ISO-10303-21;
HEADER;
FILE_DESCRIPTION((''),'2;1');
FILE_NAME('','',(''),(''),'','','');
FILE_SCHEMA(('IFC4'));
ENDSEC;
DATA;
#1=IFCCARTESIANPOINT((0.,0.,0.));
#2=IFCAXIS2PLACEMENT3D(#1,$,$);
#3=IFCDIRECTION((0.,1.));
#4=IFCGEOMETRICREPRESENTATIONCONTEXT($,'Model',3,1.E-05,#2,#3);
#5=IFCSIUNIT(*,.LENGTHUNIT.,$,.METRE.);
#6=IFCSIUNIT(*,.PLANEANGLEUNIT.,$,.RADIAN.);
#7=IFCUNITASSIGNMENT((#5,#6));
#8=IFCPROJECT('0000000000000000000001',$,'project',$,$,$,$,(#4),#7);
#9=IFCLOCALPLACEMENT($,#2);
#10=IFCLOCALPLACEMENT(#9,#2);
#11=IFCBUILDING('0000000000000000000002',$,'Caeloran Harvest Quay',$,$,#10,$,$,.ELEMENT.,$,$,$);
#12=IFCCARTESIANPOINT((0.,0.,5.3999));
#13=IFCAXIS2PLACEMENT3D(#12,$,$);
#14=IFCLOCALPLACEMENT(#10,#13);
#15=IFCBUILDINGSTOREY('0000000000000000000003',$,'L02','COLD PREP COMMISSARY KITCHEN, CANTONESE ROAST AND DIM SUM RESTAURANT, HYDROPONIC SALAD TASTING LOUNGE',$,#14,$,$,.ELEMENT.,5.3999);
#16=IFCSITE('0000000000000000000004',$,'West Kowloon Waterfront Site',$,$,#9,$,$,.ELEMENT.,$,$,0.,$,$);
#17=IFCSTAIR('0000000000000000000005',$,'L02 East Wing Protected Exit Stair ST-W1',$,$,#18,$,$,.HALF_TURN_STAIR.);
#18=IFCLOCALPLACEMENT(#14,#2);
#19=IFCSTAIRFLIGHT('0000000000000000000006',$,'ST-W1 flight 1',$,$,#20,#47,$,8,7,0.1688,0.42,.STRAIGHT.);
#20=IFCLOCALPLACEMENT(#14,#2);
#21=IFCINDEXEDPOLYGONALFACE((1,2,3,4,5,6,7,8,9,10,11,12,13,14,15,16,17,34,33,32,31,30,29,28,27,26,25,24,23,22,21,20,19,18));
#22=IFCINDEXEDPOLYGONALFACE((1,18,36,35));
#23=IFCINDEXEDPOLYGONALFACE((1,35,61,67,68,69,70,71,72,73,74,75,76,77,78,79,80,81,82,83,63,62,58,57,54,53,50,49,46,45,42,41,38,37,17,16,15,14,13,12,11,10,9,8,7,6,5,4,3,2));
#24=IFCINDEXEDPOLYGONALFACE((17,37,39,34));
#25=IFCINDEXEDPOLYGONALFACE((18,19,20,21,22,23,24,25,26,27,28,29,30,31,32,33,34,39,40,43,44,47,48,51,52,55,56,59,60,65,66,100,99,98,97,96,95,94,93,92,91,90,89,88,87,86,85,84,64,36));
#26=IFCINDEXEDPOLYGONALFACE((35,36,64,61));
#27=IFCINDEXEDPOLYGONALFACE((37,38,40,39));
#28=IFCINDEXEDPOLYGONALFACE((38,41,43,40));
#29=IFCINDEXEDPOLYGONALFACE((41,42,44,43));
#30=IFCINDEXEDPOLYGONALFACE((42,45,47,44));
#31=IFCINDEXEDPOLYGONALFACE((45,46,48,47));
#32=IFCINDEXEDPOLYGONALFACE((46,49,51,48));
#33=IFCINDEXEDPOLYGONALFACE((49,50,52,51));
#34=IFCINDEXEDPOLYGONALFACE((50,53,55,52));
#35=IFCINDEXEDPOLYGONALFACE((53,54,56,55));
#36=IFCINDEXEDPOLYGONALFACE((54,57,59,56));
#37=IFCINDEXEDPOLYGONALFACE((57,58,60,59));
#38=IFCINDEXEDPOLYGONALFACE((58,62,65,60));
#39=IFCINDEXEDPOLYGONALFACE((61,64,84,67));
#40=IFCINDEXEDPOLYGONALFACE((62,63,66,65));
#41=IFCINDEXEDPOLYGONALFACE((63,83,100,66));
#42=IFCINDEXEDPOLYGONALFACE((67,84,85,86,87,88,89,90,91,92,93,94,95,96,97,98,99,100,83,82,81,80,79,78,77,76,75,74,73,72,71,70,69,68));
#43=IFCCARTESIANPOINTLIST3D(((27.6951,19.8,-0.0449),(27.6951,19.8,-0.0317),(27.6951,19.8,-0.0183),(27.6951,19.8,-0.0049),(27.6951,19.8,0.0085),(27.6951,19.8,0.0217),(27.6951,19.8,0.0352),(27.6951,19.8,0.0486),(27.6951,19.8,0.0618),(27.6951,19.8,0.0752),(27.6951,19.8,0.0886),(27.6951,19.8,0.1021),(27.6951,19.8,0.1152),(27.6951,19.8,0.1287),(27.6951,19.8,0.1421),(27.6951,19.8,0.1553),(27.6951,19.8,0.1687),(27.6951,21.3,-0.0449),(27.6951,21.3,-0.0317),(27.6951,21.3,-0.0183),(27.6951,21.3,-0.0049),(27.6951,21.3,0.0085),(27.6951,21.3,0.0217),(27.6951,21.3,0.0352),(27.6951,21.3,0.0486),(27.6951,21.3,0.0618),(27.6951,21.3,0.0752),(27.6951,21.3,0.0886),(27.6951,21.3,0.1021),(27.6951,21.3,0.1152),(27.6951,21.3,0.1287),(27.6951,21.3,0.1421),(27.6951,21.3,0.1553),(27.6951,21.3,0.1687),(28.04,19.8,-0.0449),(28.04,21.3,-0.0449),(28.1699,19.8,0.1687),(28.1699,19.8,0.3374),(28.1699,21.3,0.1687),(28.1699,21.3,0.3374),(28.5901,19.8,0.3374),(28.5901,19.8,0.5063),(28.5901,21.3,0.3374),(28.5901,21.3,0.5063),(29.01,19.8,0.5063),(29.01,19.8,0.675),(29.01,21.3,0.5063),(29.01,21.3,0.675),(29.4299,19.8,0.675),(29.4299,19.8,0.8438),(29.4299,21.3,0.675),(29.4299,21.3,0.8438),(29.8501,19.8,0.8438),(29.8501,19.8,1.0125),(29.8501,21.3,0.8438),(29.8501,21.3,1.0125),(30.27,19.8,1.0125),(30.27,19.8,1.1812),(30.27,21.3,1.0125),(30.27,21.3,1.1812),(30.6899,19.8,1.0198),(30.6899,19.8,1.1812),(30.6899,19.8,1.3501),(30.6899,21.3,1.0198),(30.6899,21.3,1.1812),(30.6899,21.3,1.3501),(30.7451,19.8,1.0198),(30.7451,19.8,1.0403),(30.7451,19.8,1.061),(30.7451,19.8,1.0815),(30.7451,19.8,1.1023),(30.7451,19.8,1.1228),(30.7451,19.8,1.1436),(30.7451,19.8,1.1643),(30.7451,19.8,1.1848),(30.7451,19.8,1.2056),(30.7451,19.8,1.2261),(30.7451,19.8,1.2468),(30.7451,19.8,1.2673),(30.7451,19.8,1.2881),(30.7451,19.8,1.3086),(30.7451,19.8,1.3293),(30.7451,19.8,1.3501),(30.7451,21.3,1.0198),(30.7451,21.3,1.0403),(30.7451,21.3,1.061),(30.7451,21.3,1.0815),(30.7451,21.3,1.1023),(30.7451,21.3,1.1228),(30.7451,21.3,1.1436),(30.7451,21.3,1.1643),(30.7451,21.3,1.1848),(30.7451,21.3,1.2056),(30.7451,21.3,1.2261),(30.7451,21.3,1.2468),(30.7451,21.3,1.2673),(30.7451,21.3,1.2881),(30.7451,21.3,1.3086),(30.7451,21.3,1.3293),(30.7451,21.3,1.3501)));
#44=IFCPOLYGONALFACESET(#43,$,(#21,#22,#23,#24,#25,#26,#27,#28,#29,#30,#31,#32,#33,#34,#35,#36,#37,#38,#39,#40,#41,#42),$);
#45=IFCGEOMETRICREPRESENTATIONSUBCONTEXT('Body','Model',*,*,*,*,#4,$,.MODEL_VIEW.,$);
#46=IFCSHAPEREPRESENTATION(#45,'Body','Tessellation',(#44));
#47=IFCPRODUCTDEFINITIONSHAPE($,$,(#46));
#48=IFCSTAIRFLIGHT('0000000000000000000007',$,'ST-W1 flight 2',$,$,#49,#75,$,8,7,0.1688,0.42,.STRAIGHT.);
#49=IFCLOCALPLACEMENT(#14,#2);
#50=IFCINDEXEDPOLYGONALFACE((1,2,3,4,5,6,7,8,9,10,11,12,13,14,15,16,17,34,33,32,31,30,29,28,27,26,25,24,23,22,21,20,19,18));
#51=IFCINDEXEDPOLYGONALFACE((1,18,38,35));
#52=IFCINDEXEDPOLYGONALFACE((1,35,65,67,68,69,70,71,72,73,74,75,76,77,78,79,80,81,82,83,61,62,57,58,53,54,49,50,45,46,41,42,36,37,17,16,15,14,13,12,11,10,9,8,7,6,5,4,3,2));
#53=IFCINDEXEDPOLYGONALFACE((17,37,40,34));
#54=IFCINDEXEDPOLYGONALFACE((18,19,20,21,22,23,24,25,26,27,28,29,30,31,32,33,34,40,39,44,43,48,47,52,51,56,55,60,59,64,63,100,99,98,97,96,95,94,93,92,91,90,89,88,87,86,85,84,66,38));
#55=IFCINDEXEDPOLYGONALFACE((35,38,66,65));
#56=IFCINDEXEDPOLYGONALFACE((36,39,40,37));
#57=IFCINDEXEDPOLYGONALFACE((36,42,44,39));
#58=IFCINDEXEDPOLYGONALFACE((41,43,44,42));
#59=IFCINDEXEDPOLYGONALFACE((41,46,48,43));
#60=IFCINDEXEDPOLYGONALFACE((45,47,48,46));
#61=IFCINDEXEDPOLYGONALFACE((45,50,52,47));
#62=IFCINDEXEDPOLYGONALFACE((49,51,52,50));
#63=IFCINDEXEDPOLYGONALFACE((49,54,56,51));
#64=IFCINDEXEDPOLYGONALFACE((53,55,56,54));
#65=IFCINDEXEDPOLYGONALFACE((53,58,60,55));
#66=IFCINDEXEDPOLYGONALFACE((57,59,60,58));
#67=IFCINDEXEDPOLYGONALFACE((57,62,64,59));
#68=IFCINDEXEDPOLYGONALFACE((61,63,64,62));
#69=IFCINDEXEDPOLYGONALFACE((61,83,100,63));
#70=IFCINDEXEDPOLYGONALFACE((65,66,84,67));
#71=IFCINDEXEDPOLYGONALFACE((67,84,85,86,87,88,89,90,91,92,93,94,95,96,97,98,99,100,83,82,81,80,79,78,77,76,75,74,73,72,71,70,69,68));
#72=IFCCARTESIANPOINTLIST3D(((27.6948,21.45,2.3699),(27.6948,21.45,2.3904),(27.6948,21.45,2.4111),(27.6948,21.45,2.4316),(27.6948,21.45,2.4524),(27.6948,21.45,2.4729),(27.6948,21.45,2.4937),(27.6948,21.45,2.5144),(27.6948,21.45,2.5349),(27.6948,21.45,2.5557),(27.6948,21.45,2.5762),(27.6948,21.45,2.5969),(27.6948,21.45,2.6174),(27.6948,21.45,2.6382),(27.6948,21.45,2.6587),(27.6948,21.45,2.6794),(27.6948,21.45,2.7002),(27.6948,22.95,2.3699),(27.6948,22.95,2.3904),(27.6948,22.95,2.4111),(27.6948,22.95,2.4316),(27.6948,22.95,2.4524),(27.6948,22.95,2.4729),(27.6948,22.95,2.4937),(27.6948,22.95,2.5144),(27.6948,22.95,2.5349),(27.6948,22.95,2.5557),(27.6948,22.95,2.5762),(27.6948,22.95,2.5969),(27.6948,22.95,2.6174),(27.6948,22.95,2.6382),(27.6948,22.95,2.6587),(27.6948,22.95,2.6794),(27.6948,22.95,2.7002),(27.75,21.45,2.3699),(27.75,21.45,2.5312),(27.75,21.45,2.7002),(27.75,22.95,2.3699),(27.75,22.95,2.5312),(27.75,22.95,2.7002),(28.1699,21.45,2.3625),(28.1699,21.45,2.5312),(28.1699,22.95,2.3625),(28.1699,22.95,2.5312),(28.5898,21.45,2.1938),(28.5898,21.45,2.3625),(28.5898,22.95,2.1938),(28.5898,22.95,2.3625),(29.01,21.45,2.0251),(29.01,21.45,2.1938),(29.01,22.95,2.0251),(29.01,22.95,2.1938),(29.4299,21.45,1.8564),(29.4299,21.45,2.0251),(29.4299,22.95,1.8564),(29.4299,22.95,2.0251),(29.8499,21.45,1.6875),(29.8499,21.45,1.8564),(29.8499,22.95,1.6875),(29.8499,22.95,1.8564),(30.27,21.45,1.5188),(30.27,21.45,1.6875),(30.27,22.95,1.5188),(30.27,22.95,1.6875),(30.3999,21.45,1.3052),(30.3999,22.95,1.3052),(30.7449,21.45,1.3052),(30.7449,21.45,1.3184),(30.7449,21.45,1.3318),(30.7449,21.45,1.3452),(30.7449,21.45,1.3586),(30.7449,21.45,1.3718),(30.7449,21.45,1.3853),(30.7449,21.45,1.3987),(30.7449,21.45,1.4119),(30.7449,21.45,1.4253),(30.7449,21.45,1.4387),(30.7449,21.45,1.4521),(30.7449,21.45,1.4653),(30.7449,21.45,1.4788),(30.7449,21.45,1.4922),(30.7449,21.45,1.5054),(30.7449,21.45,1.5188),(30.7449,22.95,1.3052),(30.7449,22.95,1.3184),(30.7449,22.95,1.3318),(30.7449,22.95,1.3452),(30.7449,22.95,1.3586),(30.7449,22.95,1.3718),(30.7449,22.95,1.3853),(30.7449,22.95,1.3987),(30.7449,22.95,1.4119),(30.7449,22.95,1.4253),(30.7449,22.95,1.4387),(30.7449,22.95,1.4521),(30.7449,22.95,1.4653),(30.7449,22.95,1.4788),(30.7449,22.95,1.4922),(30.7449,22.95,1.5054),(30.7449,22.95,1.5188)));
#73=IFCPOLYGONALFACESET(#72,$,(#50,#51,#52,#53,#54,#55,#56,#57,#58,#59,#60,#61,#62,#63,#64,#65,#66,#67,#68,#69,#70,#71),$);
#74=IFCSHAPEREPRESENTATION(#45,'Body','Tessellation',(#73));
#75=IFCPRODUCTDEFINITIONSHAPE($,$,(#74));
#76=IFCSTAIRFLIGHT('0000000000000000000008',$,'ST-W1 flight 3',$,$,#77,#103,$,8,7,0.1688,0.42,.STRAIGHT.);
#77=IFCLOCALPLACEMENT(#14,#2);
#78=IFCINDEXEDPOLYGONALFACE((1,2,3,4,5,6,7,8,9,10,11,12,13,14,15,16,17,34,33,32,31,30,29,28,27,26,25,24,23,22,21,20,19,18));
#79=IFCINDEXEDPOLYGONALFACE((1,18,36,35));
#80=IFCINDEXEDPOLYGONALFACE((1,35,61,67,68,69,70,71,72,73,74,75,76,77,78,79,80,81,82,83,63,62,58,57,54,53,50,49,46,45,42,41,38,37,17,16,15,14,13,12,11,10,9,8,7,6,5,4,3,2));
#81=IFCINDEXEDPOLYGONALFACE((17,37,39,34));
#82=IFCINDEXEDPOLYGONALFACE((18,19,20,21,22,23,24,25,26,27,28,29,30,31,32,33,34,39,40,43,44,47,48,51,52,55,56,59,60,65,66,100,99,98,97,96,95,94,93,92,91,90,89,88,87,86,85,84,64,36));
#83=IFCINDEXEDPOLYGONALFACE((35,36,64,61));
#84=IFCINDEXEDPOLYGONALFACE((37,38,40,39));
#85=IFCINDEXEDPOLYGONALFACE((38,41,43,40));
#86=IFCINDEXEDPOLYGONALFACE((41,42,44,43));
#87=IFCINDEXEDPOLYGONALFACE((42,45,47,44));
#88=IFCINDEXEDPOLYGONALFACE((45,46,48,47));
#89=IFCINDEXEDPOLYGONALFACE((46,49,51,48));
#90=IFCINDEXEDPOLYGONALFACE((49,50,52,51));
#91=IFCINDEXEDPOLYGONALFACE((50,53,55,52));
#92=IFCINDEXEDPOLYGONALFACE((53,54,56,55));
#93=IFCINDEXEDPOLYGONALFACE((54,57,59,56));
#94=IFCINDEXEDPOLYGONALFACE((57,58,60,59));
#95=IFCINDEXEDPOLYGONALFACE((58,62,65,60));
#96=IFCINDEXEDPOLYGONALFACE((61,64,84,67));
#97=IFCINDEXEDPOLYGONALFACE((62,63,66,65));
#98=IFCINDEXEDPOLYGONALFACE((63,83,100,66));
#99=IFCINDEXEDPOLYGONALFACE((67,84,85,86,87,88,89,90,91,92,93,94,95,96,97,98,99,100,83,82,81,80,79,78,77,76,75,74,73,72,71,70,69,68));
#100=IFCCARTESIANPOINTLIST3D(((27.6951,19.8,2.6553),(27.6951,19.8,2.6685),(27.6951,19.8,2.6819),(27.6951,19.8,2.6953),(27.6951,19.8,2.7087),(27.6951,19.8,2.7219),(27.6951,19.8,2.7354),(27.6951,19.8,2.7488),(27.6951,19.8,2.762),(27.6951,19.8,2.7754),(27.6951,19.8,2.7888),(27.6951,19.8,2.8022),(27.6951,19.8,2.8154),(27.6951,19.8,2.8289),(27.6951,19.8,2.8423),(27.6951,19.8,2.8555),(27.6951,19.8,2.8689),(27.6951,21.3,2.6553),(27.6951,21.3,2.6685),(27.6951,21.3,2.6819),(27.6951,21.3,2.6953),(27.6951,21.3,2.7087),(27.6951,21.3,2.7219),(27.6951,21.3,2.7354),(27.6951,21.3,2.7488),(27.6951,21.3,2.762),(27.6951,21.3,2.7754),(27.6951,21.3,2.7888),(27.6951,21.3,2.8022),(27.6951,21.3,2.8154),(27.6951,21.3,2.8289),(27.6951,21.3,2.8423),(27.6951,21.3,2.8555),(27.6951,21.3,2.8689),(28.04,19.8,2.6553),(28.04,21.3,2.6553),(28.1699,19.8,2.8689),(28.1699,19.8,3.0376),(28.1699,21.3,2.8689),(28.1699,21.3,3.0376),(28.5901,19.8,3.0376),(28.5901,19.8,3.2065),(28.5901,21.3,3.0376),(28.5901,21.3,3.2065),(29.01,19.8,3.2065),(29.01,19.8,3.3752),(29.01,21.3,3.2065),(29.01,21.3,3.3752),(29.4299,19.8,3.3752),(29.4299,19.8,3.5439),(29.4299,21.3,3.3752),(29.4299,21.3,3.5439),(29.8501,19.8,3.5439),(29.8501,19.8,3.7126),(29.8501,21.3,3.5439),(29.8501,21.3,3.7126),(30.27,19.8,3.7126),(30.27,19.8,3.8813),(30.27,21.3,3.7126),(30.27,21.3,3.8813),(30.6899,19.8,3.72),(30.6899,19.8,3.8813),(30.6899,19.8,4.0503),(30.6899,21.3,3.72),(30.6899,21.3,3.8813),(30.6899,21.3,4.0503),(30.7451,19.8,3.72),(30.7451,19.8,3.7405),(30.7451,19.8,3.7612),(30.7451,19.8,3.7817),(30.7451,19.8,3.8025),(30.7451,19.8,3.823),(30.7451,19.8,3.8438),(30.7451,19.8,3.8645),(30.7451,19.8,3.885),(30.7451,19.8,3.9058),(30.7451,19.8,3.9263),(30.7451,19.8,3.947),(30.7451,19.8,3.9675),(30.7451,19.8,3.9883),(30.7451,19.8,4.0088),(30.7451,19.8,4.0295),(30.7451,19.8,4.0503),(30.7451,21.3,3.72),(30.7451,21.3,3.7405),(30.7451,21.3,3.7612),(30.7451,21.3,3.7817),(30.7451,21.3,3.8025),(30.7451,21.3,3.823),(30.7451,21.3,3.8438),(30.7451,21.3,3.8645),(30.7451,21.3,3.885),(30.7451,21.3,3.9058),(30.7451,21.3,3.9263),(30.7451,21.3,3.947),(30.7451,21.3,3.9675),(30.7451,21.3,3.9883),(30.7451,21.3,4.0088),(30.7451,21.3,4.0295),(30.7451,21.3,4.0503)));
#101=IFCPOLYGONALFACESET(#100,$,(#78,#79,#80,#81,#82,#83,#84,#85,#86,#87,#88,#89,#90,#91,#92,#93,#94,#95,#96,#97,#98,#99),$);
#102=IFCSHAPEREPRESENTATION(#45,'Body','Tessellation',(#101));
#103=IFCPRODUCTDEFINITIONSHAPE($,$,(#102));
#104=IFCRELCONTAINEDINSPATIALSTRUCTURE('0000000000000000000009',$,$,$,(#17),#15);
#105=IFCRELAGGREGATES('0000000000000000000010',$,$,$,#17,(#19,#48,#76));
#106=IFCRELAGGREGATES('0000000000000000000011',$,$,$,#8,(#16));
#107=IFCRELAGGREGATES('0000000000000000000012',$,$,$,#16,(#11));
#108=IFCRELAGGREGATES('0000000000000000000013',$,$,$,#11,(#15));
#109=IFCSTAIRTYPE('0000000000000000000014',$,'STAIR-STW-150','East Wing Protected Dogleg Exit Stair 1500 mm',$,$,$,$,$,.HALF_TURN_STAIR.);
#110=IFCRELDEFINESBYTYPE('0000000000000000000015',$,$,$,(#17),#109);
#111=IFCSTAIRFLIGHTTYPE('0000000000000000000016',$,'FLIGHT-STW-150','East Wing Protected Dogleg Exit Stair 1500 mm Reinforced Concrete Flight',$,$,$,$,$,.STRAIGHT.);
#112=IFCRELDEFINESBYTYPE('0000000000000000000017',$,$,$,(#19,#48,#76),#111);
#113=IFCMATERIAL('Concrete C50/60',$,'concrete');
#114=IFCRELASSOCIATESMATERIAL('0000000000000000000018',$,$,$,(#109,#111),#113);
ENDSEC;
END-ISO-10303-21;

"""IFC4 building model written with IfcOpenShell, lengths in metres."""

from ifc_helpers import new_model, si_unit, direction, frame, origin, place, context, subcontext, project, spatial, polyline, outline, extrude, material, type_object, element, aggregate, save


model = new_model("IFC4")

# Units and contexts
model_context = context("Model", 3, precision=1e-05, world=origin(), true_north=direction((0.0, 1.0)))
body_context = subcontext(model_context, "Body", "Model", "MODEL_VIEW")
ifc_project = project(units=[si_unit("LENGTHUNIT", "METRE"), si_unit("PLANEANGLEUNIT", "RADIAN")], contexts=[model_context])

# Site, building, storey
site_placement = place(None, origin())
site = spatial("IfcSite", under=ifc_project, at=site_placement, Name="West Kowloon Waterfront Site", CompositionType="ELEMENT", RefElevation=0.0)
building_placement = place(site_placement, origin())
building = spatial("IfcBuilding", under=site, at=building_placement, Name="Caeloran Harvest Quay", CompositionType="ELEMENT")
storey_placement = place(building_placement, frame((0.0, 0.0, 5.3999)))
storey = spatial("IfcBuildingStorey", under=building, at=storey_placement, Name="L02", Description="COLD PREP COMMISSARY KITCHEN, CANTONESE ROAST AND DIM SUM RESTAURANT, HYDROPONIC SALAD TASTING LOUNGE", CompositionType="ELEMENT", Elevation=5.3999)

# Shared definitions
ifc_material_1 = material(Name="Concrete C50/60", Category="concrete")

# Stair, stair flights
stair_type_1 = type_object("IfcStairType", Name="STAIR-STW-150", Description="East Wing Protected Dogleg Exit Stair 1500 mm", PredefinedType="HALF_TURN_STAIR", material=ifc_material_1)
stair_1_placement = place(storey_placement, origin())
stair_1 = element("IfcStair", 1, at=stair_1_placement, inside=storey, type_object=stair_type_1, Name="L02 East Wing Protected Exit Stair ST-W1", PredefinedType="HALF_TURN_STAIR")
stair_flight_type_1 = type_object("IfcStairFlightType", Name="FLIGHT-STW-150", Description="East Wing Protected Dogleg Exit Stair 1500 mm Reinforced Concrete Flight", PredefinedType="STRAIGHT", material=ifc_material_1)
stair_flight_1_placement = place(storey_placement, frame((27.75, 20.55, 0.0), z_axis=(0.0, 0.0, 1.0), x_axis=(1.0, 0.0, 0.0)))
stair_flight_1 = element("IfcStairFlight", 2, at=stair_flight_1_placement, type_object=stair_flight_type_1, Name="ST-W1 flight 1", NumberOfRisers=8, NumberOfTreads=7, PredefinedType="STRAIGHT", RiserHeight=0.1688, TreadLength=0.42, context=body_context, shape_type="SweptSolid", body=[
    extrude(outline(polyline([(-0.0549, -0.0449), (-0.0549, -0.0317), (-0.0549, -0.0183), (-0.0549, -0.0049), (-0.0549, 0.0085), (-0.0549, 0.0217), (-0.0549, 0.0352), (-0.0549, 0.0486), (-0.0549, 0.0618), (-0.0549, 0.0752), (-0.0549, 0.0886), (-0.0549, 0.1021), (-0.0549, 0.1152), (-0.0549, 0.1287), (-0.0549, 0.1421), (-0.0549, 0.1553), (-0.0549, 0.1687), (0.4199, 0.1687), (0.4199, 0.3374), (0.8401, 0.3374), (0.8401, 0.5063), (1.26, 0.5063), (1.26, 0.675), (1.6799, 0.675), (1.6799, 0.8438), (2.1001, 0.8438), (2.1001, 1.0125), (2.52, 1.0125), (2.52, 1.1812), (2.9399, 1.1812), (2.9399, 1.3501), (2.9951, 1.3501), (2.9951, 1.3293), (2.9951, 1.3086), (2.9951, 1.2881), (2.9951, 1.2673), (2.9951, 1.2468), (2.9951, 1.2261), (2.9951, 1.2056), (2.9951, 1.1848), (2.9951, 1.1643), (2.9951, 1.1436), (2.9951, 1.1228), (2.9951, 1.1023), (2.9951, 1.0815), (2.9951, 1.061), (2.9951, 1.0403), (2.9951, 1.0198), (2.9399, 1.0198), (0.29, -0.0449), (-0.0549, -0.0449)])), frame((0.0, 0.75, 0.0), z_axis=(0.0, -1.0, 0.0), x_axis=(1.0, 0.0, 0.0)), (0.0, 0.0, 1.0), 1.5),
])
stair_flight_2_placement = place(storey_placement, frame((30.6899, 22.2, 1.3501), z_axis=(0.0, 0.0, 1.0), x_axis=(-1.0, 0.0, 0.0)))
stair_flight_2 = element("IfcStairFlight", 3, at=stair_flight_2_placement, type_object=stair_flight_type_1, Name="ST-W1 flight 2", NumberOfRisers=8, NumberOfTreads=7, PredefinedType="STRAIGHT", RiserHeight=0.1688, TreadLength=0.42, context=body_context, shape_type="SweptSolid", body=[
    extrude(outline(polyline([(-0.0549, -0.0449), (-0.0549, -0.0317), (-0.0549, -0.0183), (-0.0549, -0.0049), (-0.0549, 0.0085), (-0.0549, 0.0217), (-0.0549, 0.0352), (-0.0549, 0.0486), (-0.0549, 0.0618), (-0.0549, 0.0752), (-0.0549, 0.0886), (-0.0549, 0.1021), (-0.0549, 0.1152), (-0.0549, 0.1287), (-0.0549, 0.1421), (-0.0549, 0.1553), (-0.0549, 0.1687), (0.4199, 0.1687), (0.4199, 0.3374), (0.8401, 0.3374), (0.8401, 0.5063), (1.26, 0.5063), (1.26, 0.675), (1.6799, 0.675), (1.6799, 0.8438), (2.1001, 0.8438), (2.1001, 1.0125), (2.52, 1.0125), (2.52, 1.1812), (2.9399, 1.1812), (2.9399, 1.3501), (2.9951, 1.3501), (2.9951, 1.3293), (2.9951, 1.3086), (2.9951, 1.2881), (2.9951, 1.2673), (2.9951, 1.2468), (2.9951, 1.2261), (2.9951, 1.2056), (2.9951, 1.1848), (2.9951, 1.1643), (2.9951, 1.1436), (2.9951, 1.1228), (2.9951, 1.1023), (2.9951, 1.0815), (2.9951, 1.061), (2.9951, 1.0403), (2.9951, 1.0198), (2.9399, 1.0198), (0.29, -0.0449), (-0.0549, -0.0449)])), frame((0.0, 0.75, 0.0), z_axis=(0.0, -1.0, 0.0), x_axis=(1.0, 0.0, 0.0)), (0.0, 0.0, 1.0), 1.5),
])
stair_flight_3_placement = place(storey_placement, frame((27.75, 20.55, 2.7002), z_axis=(0.0, 0.0, 1.0), x_axis=(1.0, 0.0, 0.0)))
stair_flight_3 = element("IfcStairFlight", 4, at=stair_flight_3_placement, type_object=stair_flight_type_1, Name="ST-W1 flight 3", NumberOfRisers=8, NumberOfTreads=7, PredefinedType="STRAIGHT", RiserHeight=0.1688, TreadLength=0.42, context=body_context, shape_type="SweptSolid", body=[
    extrude(outline(polyline([(-0.0549, -0.0449), (-0.0549, -0.0317), (-0.0549, -0.0183), (-0.0549, -0.0049), (-0.0549, 0.0085), (-0.0549, 0.0217), (-0.0549, 0.0352), (-0.0549, 0.0486), (-0.0549, 0.0618), (-0.0549, 0.0752), (-0.0549, 0.0886), (-0.0549, 0.1021), (-0.0549, 0.1152), (-0.0549, 0.1287), (-0.0549, 0.1421), (-0.0549, 0.1553), (-0.0549, 0.1687), (0.4199, 0.1687), (0.4199, 0.3374), (0.8401, 0.3374), (0.8401, 0.5063), (1.26, 0.5063), (1.26, 0.675), (1.6799, 0.675), (1.6799, 0.8438), (2.1001, 0.8438), (2.1001, 1.0125), (2.52, 1.0125), (2.52, 1.1812), (2.9399, 1.1812), (2.9399, 1.3501), (2.9951, 1.3501), (2.9951, 1.3293), (2.9951, 1.3086), (2.9951, 1.2881), (2.9951, 1.2673), (2.9951, 1.2468), (2.9951, 1.2261), (2.9951, 1.2056), (2.9951, 1.1848), (2.9951, 1.1643), (2.9951, 1.1436), (2.9951, 1.1228), (2.9951, 1.1023), (2.9951, 1.0815), (2.9951, 1.061), (2.9951, 1.0403), (2.9951, 1.0198), (2.9399, 1.0198), (0.29, -0.0449), (-0.0549, -0.0449)])), frame((0.0, 0.75, 0.0), z_axis=(0.0, -1.0, 0.0), x_axis=(1.0, 0.0, 0.0)), (0.0, 0.0, 1.0), 1.5),
])
aggregate(stair_1, [stair_flight_1, stair_flight_2, stair_flight_3])

save(model, "model.ifc")
